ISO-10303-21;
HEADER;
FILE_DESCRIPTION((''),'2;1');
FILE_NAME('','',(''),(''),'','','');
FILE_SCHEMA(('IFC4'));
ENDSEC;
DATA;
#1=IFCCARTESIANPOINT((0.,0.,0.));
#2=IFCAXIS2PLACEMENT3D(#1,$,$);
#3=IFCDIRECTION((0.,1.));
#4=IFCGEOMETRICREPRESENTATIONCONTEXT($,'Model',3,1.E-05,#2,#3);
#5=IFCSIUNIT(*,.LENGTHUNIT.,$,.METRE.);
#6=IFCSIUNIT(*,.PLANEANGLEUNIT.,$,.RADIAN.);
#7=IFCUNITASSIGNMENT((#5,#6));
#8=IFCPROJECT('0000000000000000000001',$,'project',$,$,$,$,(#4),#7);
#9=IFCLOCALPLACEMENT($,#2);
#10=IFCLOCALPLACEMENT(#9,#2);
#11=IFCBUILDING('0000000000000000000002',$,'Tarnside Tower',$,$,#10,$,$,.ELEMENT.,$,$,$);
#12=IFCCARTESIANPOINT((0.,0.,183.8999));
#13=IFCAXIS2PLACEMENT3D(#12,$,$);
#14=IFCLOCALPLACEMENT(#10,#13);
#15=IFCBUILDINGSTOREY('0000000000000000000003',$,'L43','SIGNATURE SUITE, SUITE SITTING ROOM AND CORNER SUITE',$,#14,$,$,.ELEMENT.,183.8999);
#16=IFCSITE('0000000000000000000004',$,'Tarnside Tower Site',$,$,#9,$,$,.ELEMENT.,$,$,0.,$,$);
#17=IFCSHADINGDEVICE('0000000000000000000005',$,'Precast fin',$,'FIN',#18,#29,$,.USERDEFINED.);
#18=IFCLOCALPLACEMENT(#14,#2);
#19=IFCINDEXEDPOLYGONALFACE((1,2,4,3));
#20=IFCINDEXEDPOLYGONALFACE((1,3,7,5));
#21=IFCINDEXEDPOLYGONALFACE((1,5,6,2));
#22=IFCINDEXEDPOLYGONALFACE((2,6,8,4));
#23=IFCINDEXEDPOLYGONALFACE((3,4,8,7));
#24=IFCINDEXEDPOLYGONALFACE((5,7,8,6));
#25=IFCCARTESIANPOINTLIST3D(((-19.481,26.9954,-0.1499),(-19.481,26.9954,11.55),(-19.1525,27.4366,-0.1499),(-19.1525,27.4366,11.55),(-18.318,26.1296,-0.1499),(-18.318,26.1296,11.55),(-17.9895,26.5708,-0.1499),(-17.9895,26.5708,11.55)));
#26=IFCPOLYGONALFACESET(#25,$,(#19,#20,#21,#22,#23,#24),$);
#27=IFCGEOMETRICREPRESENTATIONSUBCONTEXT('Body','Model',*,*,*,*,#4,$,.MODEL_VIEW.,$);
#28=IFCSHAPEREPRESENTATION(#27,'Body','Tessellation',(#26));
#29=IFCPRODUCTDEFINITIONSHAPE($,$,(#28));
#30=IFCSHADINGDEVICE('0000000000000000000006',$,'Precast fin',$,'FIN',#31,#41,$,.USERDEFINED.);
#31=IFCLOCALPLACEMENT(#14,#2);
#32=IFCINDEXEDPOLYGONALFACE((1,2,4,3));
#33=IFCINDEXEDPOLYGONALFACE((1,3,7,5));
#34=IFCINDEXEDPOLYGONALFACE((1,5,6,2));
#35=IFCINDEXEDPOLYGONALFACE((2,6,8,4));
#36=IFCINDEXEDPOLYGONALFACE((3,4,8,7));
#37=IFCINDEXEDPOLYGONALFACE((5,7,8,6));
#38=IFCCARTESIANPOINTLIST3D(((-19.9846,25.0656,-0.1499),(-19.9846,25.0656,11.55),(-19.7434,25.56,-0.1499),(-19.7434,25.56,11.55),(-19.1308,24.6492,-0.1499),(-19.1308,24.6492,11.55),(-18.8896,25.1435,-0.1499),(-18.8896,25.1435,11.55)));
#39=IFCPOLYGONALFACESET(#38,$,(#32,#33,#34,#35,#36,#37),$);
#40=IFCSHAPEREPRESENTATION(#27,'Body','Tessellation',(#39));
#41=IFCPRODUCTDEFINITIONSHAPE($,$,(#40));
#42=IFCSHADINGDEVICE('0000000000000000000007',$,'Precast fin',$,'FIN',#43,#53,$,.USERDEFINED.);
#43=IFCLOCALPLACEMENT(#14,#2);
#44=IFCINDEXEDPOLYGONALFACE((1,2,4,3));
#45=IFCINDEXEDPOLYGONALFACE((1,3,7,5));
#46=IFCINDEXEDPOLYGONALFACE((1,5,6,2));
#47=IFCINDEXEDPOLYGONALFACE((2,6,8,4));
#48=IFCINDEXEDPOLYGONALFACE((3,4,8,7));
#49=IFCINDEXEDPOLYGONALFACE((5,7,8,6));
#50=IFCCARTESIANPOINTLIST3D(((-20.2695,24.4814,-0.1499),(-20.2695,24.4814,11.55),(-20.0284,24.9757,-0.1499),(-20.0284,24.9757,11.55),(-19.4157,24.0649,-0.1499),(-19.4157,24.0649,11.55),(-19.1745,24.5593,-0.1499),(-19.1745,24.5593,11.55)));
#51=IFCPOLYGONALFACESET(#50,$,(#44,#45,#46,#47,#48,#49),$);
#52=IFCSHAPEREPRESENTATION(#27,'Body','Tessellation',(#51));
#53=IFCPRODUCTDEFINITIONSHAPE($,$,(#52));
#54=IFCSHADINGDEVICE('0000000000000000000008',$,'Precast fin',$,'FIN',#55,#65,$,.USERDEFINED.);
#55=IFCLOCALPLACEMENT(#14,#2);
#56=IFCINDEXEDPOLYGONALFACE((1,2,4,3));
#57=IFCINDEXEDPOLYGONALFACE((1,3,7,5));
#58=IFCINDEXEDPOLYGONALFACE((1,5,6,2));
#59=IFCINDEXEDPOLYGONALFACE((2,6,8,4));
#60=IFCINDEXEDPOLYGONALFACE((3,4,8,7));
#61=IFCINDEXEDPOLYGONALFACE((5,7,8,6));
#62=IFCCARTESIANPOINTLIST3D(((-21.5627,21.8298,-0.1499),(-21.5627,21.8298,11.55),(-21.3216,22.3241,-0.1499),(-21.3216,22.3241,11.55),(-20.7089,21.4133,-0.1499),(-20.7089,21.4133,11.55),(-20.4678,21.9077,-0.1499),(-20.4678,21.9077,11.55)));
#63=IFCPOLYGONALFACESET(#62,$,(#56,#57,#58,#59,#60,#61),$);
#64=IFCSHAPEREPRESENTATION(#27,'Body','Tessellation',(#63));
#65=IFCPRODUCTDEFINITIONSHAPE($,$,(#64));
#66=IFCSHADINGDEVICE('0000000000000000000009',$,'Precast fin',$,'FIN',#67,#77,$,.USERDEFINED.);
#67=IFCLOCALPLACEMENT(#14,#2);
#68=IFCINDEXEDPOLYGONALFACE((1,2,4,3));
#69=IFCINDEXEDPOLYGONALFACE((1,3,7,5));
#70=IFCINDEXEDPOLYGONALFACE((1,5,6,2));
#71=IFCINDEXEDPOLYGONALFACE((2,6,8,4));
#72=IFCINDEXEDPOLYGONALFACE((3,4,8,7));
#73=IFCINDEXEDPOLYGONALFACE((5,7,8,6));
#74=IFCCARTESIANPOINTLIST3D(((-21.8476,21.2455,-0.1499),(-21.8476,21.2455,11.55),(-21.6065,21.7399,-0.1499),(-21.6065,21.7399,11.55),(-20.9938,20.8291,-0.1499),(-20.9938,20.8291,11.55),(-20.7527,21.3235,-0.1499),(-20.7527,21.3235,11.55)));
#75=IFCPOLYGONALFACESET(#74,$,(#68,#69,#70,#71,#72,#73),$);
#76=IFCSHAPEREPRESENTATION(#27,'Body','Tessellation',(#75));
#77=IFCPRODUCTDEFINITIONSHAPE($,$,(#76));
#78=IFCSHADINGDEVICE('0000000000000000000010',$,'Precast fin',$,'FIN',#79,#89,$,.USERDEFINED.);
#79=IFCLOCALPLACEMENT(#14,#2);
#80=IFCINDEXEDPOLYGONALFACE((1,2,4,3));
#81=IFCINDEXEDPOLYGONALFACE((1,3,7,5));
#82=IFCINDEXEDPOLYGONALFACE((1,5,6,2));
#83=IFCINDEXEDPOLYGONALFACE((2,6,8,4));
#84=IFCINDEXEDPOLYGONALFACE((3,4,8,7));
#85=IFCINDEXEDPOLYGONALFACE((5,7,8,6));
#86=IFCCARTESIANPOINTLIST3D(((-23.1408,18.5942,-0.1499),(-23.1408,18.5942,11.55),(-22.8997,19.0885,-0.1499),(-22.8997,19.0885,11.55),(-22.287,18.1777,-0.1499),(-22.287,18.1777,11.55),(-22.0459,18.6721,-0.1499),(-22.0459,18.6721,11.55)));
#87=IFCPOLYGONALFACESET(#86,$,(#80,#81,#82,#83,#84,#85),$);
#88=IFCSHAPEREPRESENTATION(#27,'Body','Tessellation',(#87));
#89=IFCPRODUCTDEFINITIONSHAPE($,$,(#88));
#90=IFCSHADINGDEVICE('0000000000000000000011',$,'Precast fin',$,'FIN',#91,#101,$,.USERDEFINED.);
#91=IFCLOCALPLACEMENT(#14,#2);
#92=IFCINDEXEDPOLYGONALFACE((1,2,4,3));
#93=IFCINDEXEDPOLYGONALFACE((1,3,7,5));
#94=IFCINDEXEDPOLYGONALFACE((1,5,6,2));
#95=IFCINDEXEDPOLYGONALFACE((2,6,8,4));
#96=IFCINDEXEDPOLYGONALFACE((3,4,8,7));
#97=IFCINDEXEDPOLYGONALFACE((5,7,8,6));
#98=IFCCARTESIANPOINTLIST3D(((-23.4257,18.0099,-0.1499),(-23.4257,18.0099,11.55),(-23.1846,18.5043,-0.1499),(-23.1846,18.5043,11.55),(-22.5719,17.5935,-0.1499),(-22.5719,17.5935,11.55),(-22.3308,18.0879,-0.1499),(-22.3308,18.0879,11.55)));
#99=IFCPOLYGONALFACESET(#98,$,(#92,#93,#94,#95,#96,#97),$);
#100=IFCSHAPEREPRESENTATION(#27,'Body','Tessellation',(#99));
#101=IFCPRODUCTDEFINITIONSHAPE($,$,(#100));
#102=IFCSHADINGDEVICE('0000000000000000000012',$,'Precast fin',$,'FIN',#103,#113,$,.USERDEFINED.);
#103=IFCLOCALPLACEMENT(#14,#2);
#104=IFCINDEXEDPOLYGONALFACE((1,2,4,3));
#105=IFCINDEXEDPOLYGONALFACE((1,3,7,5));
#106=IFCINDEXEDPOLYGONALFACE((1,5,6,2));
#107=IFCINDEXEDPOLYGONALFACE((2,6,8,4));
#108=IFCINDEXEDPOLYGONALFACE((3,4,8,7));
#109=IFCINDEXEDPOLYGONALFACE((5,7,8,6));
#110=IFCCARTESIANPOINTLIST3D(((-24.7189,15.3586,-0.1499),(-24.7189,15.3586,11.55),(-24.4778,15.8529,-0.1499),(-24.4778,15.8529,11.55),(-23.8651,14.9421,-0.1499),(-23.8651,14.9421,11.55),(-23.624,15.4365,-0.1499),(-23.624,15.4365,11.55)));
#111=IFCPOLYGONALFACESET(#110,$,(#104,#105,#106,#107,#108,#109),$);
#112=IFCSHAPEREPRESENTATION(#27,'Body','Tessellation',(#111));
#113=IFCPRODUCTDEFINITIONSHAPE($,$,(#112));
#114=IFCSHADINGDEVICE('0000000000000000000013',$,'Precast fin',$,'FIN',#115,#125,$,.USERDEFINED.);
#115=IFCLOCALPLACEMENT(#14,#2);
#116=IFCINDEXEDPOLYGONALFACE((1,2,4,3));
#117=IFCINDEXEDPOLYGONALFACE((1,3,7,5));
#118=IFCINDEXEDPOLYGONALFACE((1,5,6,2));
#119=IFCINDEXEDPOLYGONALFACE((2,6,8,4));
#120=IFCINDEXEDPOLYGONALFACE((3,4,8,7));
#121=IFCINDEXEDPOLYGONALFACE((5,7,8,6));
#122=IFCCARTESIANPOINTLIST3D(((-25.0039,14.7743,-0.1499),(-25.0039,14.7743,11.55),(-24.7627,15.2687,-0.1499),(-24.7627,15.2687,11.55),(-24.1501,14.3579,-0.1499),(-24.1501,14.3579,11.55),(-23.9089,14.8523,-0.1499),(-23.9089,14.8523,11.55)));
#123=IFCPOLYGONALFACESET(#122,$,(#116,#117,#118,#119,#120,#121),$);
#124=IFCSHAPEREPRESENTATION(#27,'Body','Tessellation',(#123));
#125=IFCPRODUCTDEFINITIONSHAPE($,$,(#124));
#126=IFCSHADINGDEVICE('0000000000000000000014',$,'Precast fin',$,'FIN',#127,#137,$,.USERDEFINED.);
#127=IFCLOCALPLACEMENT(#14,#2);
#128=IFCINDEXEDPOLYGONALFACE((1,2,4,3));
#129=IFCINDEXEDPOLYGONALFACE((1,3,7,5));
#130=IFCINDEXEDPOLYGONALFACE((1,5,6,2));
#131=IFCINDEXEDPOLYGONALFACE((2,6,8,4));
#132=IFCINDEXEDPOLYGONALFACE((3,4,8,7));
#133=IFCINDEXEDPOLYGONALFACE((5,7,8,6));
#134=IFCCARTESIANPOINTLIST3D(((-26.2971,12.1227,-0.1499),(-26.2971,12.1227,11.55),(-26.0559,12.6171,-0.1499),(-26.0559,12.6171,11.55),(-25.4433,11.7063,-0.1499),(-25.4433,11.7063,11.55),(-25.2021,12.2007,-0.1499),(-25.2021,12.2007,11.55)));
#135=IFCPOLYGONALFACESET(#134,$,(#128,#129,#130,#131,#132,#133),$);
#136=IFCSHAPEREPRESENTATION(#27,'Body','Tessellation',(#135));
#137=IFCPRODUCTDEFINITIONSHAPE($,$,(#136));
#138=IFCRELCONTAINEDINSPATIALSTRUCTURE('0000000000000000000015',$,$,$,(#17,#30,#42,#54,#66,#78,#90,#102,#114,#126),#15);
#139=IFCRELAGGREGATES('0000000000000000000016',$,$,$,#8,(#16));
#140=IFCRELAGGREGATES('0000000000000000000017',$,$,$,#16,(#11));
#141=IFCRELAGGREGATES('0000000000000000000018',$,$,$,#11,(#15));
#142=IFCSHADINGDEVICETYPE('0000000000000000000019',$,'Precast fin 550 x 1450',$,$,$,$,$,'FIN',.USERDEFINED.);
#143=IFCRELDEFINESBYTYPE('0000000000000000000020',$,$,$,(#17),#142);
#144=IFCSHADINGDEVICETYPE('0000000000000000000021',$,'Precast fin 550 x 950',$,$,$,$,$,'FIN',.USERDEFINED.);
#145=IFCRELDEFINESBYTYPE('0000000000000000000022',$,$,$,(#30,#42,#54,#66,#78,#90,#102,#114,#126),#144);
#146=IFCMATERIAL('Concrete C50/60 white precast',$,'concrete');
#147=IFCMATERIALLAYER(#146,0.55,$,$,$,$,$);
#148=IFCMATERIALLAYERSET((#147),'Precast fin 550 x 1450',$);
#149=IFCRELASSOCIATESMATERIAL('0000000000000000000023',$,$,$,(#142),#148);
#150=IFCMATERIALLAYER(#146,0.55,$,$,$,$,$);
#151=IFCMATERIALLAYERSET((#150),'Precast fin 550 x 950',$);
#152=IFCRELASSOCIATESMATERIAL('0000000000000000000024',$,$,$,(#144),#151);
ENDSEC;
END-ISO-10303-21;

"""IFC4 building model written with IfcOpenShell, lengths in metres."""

from ifc_helpers import new_model, si_unit, direction, frame, origin, place, context, subcontext, project, spatial, polyline, outline, extrude, material, layer, layer_set, type_object, element, save


model = new_model("IFC4")

# Units and contexts
model_context = context("Model", 3, precision=1e-05, world=origin(), true_north=direction((0.0, 1.0)))
body_context = subcontext(model_context, "Body", "Model", "MODEL_VIEW")
ifc_project = project(units=[si_unit("LENGTHUNIT", "METRE"), si_unit("PLANEANGLEUNIT", "RADIAN")], contexts=[model_context])

# Site, building, storey
site_placement = place(None, origin())
site = spatial("IfcSite", under=ifc_project, at=site_placement, Name="Tarnside Tower Site", CompositionType="ELEMENT", RefElevation=0.0)
building_placement = place(site_placement, origin())
building = spatial("IfcBuilding", under=site, at=building_placement, Name="Tarnside Tower", CompositionType="ELEMENT")
storey_placement = place(building_placement, frame((0.0, 0.0, 183.8999)))
storey = spatial("IfcBuildingStorey", under=building, at=storey_placement, Name="L43", Description="SIGNATURE SUITE, SUITE SITTING ROOM AND CORNER SUITE", CompositionType="ELEMENT", Elevation=183.8999)

# Shading devices
ifc_material_1 = material(Name="Concrete C50/60 white precast", Category="concrete")
ifc_layer_1 = layer(ifc_material_1, 0.55)
ifc_layer_set_1 = layer_set([ifc_layer_1], Name="Precast fin 550 x 1450")
shading_device_type_1 = type_object("IfcShadingDeviceType", Name="Precast fin 550 x 1450", ElementType="FIN", PredefinedType="USERDEFINED", material=ifc_layer_set_1)
for number, where, z_axis, x_axis, name in (
    (1, (-18.1538, 26.3501, -0.1499), (0.597159, 0.802123, 0.0), (-0.802123, 0.597159, 0.0), "Precast fin"),
):
    element("IfcShadingDevice", number, at=place(storey_placement, frame(where, z_axis=z_axis, x_axis=x_axis)), inside=storey, type_object=shading_device_type_1, Name=name, ObjectType="FIN", PredefinedType="USERDEFINED", context=body_context, shape_type="SweptSolid", body=[
        extrude(outline(polyline([(0.0, 0.0), (1.45, 0.0), (1.45, 11.7), (0.0, 11.7), (0.0, 0.0)])), frame((0.0, 0.0, -0.2749)), (0.0, 0.0, 1.0), 0.55),
    ])
ifc_layer_2 = layer(ifc_material_1, 0.55)
ifc_layer_set_2 = layer_set([ifc_layer_2], Name="Precast fin 550 x 950")
shading_device_type_2 = type_object("IfcShadingDeviceType", Name="Precast fin 550 x 950", ElementType="FIN", PredefinedType="USERDEFINED", material=ifc_layer_set_2)
for number, where, z_axis, x_axis, name in (
    (2, (-19.0103, 24.8962, -0.1499), (0.438371, 0.898794, 0.0), (-0.898794, 0.438371, 0.0), "Precast fin"),
    (3, (-19.2952, 24.312, -0.1499), (0.438371, 0.898794, 0.0), (-0.898794, 0.438371, 0.0), "Precast fin"),
    (4, (-20.5884, 21.6604, -0.1499), (0.438371, 0.898794, 0.0), (-0.898794, 0.438371, 0.0), "Precast fin"),
    (5, (-20.8733, 21.0762, -0.1499), (0.438371, 0.898794, 0.0), (-0.898794, 0.438371, 0.0), "Precast fin"),
    (6, (-22.1665, 18.4248, -0.1499), (0.438371, 0.898794, 0.0), (-0.898794, 0.438371, 0.0), "Precast fin"),
    (7, (-22.4514, 17.8406, -0.1499), (0.438371, 0.898794, 0.0), (-0.898794, 0.438371, 0.0), "Precast fin"),
    (8, (-23.7446, 15.1892, -0.1499), (0.438371, 0.898794, 0.0), (-0.898794, 0.438371, 0.0), "Precast fin"),
    (9, (-24.0295, 14.605, -0.1499), (0.438371, 0.898794, 0.0), (-0.898794, 0.438371, 0.0), "Precast fin"),
    (10, (-25.3228, 11.9534, -0.1499), (0.438371, 0.898794, 0.0), (-0.898794, 0.438371, 0.0), "Precast fin"),
):
    element("IfcShadingDevice", number, at=place(storey_placement, frame(where, z_axis=z_axis, x_axis=x_axis)), inside=storey, type_object=shading_device_type_2, Name=name, ObjectType="FIN", PredefinedType="USERDEFINED", context=body_context, shape_type="SweptSolid", body=[
        extrude(outline(polyline([(0.0, 0.0), (0.95, 0.0), (0.95, 11.7), (0.0, 11.7), (0.0, 0.0)])), frame((0.0, 0.0, -0.2749)), (0.0, 0.0, 1.0), 0.55),
    ])

save(model, "model.ifc")
